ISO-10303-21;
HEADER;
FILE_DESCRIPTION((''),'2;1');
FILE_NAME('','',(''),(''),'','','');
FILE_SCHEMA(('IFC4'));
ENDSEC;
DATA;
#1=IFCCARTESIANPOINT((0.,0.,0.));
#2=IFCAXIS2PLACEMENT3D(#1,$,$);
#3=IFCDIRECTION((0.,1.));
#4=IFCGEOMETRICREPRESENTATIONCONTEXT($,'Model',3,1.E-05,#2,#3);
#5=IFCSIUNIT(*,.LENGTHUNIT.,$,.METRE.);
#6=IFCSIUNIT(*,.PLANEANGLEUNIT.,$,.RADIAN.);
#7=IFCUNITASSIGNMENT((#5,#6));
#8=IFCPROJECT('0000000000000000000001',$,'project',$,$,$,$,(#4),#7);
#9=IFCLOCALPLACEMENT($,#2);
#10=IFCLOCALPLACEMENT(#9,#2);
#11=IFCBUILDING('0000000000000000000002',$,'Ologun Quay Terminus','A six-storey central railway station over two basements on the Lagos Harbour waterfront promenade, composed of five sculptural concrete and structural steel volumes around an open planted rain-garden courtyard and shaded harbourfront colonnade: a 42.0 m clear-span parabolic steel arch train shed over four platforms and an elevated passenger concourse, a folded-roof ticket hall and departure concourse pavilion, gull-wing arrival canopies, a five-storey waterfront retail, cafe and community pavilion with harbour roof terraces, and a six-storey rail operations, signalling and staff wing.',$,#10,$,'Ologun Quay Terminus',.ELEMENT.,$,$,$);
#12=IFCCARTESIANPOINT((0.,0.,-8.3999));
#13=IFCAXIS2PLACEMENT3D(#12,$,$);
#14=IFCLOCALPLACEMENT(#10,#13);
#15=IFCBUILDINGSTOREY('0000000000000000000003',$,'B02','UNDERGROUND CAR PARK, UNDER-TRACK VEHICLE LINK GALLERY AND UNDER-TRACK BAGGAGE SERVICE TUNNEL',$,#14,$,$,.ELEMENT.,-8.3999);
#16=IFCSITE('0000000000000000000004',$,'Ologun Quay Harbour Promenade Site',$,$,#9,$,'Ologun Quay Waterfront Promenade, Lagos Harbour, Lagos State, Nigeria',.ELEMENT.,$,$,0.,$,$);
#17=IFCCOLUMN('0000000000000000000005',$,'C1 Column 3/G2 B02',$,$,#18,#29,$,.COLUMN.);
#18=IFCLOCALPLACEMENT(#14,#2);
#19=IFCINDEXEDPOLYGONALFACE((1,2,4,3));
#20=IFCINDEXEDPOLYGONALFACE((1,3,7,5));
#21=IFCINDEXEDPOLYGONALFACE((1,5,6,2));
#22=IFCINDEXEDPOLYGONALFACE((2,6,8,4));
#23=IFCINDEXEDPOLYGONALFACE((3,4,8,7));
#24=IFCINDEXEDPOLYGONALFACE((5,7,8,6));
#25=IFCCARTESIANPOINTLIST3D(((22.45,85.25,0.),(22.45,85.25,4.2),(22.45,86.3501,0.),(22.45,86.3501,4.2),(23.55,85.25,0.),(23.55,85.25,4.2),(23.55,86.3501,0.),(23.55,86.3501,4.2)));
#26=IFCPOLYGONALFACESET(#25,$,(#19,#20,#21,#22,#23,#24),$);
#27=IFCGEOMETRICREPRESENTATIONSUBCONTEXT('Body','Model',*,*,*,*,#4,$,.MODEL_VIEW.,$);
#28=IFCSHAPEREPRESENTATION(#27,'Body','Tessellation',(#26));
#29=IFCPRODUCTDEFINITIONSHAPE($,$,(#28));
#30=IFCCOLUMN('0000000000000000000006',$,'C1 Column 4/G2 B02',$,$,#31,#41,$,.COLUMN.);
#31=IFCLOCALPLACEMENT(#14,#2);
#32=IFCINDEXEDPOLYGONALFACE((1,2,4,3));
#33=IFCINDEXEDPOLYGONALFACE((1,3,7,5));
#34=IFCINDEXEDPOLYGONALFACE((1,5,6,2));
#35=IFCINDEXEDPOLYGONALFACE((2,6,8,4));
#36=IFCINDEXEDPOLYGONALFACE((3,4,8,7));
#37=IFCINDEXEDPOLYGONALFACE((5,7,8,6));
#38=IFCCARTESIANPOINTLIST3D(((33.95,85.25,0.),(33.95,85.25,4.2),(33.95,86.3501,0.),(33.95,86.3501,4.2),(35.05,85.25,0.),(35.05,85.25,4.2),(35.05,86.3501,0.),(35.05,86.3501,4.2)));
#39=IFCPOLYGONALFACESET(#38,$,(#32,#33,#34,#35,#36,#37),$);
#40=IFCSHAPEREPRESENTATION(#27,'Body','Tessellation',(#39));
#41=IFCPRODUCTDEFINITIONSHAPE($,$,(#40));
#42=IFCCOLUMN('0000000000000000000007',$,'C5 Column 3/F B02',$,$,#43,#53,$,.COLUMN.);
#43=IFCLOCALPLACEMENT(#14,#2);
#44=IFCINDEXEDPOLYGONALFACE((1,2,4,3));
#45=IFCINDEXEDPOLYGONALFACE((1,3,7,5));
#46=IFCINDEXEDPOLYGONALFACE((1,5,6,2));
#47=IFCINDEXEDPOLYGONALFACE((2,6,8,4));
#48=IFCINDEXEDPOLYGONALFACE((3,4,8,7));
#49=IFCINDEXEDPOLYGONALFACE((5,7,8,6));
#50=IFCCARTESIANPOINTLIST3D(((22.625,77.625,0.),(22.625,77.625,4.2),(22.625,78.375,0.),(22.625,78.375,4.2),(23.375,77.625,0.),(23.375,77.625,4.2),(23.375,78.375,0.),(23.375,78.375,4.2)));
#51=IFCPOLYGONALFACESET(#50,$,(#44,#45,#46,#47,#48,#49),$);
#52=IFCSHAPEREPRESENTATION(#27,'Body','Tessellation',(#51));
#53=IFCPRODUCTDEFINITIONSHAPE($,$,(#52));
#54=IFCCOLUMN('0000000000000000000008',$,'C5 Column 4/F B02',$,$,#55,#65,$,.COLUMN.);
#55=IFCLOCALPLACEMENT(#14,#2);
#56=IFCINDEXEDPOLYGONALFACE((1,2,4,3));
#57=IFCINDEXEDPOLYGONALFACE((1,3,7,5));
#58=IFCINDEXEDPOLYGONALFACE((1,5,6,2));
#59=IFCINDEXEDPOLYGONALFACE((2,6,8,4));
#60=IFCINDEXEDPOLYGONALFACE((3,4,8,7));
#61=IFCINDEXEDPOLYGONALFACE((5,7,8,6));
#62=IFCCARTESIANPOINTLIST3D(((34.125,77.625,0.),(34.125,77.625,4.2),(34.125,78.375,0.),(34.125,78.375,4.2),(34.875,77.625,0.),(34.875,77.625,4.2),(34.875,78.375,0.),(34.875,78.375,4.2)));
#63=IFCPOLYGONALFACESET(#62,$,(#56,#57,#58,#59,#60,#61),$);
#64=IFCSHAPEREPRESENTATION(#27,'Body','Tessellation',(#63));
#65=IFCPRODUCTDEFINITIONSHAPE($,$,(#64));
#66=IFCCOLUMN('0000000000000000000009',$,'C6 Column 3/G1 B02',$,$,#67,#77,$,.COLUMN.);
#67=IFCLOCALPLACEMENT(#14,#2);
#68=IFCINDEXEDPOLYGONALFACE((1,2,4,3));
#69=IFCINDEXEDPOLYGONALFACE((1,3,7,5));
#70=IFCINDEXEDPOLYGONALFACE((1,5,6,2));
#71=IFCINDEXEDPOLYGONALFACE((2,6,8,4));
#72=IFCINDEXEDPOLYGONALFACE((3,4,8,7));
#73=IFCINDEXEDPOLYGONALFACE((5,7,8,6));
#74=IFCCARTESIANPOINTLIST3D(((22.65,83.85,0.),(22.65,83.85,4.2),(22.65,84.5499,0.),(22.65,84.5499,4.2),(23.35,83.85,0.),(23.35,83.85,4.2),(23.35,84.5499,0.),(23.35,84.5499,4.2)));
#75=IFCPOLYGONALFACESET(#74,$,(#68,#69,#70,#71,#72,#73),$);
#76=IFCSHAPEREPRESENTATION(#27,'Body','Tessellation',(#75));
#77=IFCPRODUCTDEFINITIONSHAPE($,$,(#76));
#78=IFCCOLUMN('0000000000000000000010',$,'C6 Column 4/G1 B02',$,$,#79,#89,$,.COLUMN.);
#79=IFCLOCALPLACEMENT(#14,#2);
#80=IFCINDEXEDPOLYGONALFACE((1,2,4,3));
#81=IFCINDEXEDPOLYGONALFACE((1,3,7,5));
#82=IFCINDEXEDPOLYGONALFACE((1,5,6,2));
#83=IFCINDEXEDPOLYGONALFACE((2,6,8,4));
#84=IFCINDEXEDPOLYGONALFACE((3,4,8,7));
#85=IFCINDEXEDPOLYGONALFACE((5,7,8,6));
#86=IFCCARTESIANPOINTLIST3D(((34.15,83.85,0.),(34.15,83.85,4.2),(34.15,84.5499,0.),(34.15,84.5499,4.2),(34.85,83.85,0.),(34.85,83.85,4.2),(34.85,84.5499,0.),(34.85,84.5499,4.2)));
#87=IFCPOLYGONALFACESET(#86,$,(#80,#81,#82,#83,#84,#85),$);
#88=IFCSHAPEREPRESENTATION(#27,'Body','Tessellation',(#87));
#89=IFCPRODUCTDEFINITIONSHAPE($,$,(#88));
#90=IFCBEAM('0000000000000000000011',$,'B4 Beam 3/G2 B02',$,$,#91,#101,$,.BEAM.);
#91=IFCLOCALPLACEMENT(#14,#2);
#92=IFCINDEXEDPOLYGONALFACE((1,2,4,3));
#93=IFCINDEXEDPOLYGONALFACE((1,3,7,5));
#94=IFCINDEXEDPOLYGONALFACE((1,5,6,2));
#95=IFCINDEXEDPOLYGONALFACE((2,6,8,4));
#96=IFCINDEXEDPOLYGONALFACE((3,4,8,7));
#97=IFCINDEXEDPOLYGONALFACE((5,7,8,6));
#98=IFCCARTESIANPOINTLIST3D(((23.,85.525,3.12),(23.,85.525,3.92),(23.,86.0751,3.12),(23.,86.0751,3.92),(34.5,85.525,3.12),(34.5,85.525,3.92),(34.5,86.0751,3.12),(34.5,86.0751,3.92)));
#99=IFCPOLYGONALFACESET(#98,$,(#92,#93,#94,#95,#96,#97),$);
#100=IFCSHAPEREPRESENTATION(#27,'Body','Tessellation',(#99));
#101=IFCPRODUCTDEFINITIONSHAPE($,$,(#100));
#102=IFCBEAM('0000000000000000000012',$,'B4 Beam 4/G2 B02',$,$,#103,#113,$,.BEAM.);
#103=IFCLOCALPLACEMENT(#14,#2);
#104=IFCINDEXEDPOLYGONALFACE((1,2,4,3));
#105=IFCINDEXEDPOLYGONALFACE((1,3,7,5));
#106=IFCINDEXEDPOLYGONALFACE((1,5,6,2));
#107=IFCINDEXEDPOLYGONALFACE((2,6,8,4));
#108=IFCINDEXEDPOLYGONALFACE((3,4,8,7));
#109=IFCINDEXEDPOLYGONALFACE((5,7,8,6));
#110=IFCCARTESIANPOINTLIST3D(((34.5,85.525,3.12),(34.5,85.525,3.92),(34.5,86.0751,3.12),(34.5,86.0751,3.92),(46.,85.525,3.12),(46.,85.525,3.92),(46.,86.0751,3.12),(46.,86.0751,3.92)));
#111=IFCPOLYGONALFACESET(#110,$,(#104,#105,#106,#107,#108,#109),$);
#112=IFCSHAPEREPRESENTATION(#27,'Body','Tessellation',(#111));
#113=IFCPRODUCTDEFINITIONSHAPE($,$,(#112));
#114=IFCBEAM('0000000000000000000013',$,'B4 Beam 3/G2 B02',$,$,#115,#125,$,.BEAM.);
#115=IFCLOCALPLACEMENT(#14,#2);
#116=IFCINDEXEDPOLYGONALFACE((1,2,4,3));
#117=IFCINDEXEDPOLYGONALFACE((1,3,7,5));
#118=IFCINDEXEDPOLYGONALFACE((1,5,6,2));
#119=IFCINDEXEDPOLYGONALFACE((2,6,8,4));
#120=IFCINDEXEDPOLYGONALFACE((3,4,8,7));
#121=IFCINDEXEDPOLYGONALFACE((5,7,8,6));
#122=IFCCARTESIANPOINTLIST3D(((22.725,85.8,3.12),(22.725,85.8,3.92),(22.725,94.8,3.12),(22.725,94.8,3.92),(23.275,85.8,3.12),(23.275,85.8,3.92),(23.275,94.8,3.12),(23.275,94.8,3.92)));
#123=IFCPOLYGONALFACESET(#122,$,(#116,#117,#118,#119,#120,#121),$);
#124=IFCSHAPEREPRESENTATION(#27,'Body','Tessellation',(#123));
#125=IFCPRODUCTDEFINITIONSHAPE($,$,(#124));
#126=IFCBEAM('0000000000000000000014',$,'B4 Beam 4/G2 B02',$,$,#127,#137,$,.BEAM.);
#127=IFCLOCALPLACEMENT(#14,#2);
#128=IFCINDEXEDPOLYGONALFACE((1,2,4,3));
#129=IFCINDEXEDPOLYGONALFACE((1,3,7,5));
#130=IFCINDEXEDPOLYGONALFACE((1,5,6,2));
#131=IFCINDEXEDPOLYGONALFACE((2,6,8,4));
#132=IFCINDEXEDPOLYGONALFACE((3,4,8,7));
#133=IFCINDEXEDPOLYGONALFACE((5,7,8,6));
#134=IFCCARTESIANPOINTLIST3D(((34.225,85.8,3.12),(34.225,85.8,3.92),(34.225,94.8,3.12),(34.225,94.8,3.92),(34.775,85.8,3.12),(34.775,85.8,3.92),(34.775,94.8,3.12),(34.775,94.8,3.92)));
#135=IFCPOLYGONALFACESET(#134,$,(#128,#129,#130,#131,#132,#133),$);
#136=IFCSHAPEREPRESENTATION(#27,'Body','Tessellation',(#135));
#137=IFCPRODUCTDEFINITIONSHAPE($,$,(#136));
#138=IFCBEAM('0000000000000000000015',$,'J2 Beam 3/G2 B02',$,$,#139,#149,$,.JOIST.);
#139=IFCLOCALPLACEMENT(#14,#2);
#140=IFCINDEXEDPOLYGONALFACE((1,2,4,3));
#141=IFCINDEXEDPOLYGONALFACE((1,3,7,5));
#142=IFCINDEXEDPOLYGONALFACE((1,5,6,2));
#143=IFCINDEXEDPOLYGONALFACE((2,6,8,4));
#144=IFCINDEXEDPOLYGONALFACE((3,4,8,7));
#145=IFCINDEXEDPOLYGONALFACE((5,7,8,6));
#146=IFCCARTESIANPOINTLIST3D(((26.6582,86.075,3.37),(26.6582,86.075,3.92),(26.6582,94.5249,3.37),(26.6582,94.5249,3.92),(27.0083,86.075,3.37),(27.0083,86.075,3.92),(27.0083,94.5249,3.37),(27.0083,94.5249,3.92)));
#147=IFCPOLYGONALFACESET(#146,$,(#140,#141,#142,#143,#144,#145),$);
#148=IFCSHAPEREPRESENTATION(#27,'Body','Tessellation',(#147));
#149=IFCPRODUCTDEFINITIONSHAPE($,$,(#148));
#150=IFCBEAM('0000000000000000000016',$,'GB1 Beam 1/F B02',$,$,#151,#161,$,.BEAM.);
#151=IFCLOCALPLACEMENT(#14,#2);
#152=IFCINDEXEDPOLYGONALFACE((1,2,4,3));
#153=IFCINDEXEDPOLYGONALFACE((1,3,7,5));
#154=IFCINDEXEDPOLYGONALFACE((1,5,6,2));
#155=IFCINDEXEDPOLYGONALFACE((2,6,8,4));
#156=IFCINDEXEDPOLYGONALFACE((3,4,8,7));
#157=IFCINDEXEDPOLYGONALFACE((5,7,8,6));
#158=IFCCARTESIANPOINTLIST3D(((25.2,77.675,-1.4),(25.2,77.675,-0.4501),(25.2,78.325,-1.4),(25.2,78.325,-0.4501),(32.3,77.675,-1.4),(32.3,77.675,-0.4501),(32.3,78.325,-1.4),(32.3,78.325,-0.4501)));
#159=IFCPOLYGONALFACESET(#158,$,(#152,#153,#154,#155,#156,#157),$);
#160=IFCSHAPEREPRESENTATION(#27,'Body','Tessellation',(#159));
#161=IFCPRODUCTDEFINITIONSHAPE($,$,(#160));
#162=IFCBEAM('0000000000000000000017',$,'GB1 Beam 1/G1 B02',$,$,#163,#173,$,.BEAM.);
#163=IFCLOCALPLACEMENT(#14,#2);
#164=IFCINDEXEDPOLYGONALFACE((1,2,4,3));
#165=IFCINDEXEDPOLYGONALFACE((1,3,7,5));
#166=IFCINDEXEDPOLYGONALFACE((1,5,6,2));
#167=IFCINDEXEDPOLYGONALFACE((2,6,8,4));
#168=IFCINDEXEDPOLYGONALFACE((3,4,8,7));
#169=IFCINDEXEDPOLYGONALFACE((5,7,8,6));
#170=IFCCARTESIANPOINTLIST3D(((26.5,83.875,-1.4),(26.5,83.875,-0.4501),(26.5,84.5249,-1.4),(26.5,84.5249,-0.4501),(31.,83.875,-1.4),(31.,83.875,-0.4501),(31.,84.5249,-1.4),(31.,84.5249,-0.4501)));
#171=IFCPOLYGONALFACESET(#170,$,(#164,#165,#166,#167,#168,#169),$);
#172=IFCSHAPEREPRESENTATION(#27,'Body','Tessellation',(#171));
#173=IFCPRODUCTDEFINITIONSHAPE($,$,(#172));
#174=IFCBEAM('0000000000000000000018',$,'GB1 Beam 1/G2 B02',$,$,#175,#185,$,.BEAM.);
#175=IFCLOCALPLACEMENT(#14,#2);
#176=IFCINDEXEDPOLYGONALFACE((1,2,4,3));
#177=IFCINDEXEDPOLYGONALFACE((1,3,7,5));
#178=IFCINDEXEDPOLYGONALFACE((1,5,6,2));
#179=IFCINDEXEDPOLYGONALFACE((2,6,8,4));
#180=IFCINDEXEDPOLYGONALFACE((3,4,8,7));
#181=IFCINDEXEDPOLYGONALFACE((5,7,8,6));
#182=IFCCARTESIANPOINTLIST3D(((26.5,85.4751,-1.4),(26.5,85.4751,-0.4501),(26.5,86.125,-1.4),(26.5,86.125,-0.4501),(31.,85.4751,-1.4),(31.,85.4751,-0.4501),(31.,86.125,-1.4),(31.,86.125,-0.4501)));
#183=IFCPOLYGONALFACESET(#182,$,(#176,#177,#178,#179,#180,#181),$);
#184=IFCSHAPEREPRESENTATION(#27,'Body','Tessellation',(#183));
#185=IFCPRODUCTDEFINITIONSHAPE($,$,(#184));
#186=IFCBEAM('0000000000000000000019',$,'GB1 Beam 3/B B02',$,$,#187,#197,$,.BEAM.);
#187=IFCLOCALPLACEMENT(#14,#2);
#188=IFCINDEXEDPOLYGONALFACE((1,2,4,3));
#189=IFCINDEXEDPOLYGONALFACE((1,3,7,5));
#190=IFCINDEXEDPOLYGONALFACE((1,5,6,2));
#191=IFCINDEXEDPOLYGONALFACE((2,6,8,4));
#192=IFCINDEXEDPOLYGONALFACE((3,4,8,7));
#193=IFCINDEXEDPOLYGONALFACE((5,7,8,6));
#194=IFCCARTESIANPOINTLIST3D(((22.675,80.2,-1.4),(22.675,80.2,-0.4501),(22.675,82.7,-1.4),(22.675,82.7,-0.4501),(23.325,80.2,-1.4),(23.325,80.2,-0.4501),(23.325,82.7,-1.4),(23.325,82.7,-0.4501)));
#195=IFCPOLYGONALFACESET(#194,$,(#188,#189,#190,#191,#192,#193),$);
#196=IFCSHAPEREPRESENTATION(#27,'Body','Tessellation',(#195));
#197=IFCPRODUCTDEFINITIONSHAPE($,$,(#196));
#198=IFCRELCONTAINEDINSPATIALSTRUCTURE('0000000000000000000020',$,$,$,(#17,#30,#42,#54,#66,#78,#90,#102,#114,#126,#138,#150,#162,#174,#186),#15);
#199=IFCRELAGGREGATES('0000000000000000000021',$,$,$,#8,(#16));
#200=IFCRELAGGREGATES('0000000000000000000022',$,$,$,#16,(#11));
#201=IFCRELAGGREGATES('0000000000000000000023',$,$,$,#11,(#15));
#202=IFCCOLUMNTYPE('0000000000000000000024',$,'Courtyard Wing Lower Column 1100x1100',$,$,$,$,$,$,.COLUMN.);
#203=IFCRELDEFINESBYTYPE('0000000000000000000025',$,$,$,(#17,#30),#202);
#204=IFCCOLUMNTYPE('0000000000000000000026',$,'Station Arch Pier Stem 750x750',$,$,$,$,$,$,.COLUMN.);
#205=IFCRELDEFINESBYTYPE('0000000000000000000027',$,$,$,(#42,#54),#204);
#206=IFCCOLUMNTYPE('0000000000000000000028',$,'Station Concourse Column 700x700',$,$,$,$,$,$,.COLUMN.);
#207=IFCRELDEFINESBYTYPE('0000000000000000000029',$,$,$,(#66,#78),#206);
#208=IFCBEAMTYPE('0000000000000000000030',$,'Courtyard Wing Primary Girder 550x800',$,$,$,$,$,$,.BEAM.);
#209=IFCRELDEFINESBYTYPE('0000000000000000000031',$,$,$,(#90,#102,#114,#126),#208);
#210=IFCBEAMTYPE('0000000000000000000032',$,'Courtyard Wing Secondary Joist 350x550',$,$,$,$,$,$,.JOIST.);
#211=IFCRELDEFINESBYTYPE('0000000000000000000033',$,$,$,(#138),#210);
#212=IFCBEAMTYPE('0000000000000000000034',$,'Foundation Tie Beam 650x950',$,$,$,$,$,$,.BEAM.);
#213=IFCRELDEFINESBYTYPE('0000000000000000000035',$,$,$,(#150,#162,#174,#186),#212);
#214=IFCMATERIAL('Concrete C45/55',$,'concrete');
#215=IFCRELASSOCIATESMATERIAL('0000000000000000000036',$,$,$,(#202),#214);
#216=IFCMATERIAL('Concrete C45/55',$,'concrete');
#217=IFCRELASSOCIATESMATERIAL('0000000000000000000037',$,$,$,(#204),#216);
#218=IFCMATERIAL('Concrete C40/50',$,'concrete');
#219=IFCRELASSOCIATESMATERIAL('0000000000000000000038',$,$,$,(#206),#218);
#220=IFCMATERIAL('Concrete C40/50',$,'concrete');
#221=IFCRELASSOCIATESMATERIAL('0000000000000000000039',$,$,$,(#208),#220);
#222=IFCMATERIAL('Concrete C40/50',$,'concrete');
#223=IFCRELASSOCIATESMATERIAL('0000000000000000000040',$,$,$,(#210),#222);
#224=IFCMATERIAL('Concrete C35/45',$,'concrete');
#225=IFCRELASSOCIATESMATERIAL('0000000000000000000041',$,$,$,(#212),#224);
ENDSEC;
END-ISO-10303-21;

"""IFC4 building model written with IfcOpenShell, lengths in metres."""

from ifc_helpers import new_model, si_unit, direction, frame, origin, origin_2d, place, context, subcontext, project, spatial, rectangle, extrude, material, material_profile, profile_set, type_object, element, save


model = new_model("IFC4")

# Units and contexts
model_context = context("Model", 3, precision=1e-05, world=origin(), true_north=direction((0.0, 1.0)))
body_context = subcontext(model_context, "Body", "Model", "MODEL_VIEW")
ifc_project = project(units=[si_unit("LENGTHUNIT", "METRE"), si_unit("PLANEANGLEUNIT", "RADIAN")], contexts=[model_context])

# Site, building, storey
site_placement = place(None, origin())
site = spatial("IfcSite", under=ifc_project, at=site_placement, Name="Ologun Quay Harbour Promenade Site", LongName="Ologun Quay Waterfront Promenade, Lagos Harbour, Lagos State, Nigeria", CompositionType="ELEMENT", RefElevation=0.0)
building_placement = place(site_placement, origin())
building = spatial("IfcBuilding", under=site, at=building_placement, Name="Ologun Quay Terminus", Description="A six-storey central railway station over two basements on the Lagos Harbour waterfront promenade, composed of five sculptural concrete and structural steel volumes around an open planted rain-garden courtyard and shaded harbourfront colonnade: a 42.0 m clear-span parabolic steel arch train shed over four platforms and an elevated passenger concourse, a folded-roof ticket hall and departure concourse pavilion, gull-wing arrival canopies, a five-storey waterfront retail, cafe and community pavilion with harbour roof terraces, and a six-storey rail operations, signalling and staff wing.", LongName="Ologun Quay Terminus", CompositionType="ELEMENT")
storey_placement = place(building_placement, frame((0.0, 0.0, -8.3999)))
storey = spatial("IfcBuildingStorey", under=building, at=storey_placement, Name="B02", Description="UNDERGROUND CAR PARK, UNDER-TRACK VEHICLE LINK GALLERY AND UNDER-TRACK BAGGAGE SERVICE TUNNEL", CompositionType="ELEMENT", Elevation=-8.3999)

# Columns
ifc_material_1 = material(Name="Concrete C45/55", Category="concrete")
ifc_material_profile_1 = material_profile(ifc_material_1, rectangle(XDim=1.1001, YDim=1.1001, at=origin_2d()), Name="RC 1100x1100")
ifc_profile_set_1 = profile_set([ifc_material_profile_1], Name="Concrete C45/55")
column_type_1 = type_object("IfcColumnType", Name="Courtyard Wing Lower Column 1100x1100", PredefinedType="COLUMN", material=ifc_profile_set_1)
for number, where, z_axis, x_axis, name in (
    (1, (23.0, 85.8, 0.0), (0.0, 0.0, 1.0), (1.0, 0.0, 0.0), "C1 Column 3/G2 B02"),
    (2, (34.5, 85.8, 0.0), (0.0, 0.0, 1.0), (1.0, 0.0, 0.0), "C1 Column 4/G2 B02"),
):
    element("IfcColumn", number, at=place(storey_placement, frame(where, z_axis=z_axis, x_axis=x_axis)), inside=storey, type_object=column_type_1, Name=name, PredefinedType="COLUMN", context=body_context, shape_type="SweptSolid", body=[
        extrude(rectangle(XDim=1.1001, YDim=1.1001, at=origin_2d()), origin(), (0.0, 0.0, 1.0), 4.2),
    ])
ifc_material_2 = material(Name="Concrete C45/55", Category="concrete")
ifc_material_profile_2 = material_profile(ifc_material_2, rectangle(XDim=0.75, YDim=0.75, at=origin_2d()), Name="RC 750x750")
ifc_profile_set_2 = profile_set([ifc_material_profile_2], Name="Concrete C45/55")
column_type_2 = type_object("IfcColumnType", Name="Station Arch Pier Stem 750x750", PredefinedType="COLUMN", material=ifc_profile_set_2)
for number, where, z_axis, x_axis, name in (
    (3, (23.0, 78.0, 0.0), (0.0, 0.0, 1.0), (1.0, 0.0, 0.0), "C5 Column 3/F B02"),
    (4, (34.5, 78.0, 0.0), (0.0, 0.0, 1.0), (1.0, 0.0, 0.0), "C5 Column 4/F B02"),
):
    element("IfcColumn", number, at=place(storey_placement, frame(where, z_axis=z_axis, x_axis=x_axis)), inside=storey, type_object=column_type_2, Name=name, PredefinedType="COLUMN", context=body_context, shape_type="SweptSolid", body=[
        extrude(rectangle(XDim=0.75, YDim=0.75, at=origin_2d()), origin(), (0.0, 0.0, 1.0), 4.2),
    ])
ifc_material_3 = material(Name="Concrete C40/50", Category="concrete")
ifc_material_profile_3 = material_profile(ifc_material_3, rectangle(XDim=0.7, YDim=0.7, at=origin_2d()), Name="RC 700x700")
ifc_profile_set_3 = profile_set([ifc_material_profile_3], Name="Concrete C40/50")
column_type_3 = type_object("IfcColumnType", Name="Station Concourse Column 700x700", PredefinedType="COLUMN", material=ifc_profile_set_3)
for number, where, z_axis, x_axis, name in (
    (5, (23.0, 84.2, 0.0), (0.0, 0.0, 1.0), (1.0, 0.0, 0.0), "C6 Column 3/G1 B02"),
    (6, (34.5, 84.2, 0.0), (0.0, 0.0, 1.0), (1.0, 0.0, 0.0), "C6 Column 4/G1 B02"),
):
    element("IfcColumn", number, at=place(storey_placement, frame(where, z_axis=z_axis, x_axis=x_axis)), inside=storey, type_object=column_type_3, Name=name, PredefinedType="COLUMN", context=body_context, shape_type="SweptSolid", body=[
        extrude(rectangle(XDim=0.7, YDim=0.7, at=origin_2d()), origin(), (0.0, 0.0, 1.0), 4.2),
    ])

# Beams
ifc_material_4 = material(Name="Concrete C40/50", Category="concrete")
ifc_material_profile_4 = material_profile(ifc_material_4, rectangle(XDim=0.55, YDim=0.8, at=origin_2d()), Name="RC 550x800")
ifc_profile_set_4 = profile_set([ifc_material_profile_4], Name="Concrete C40/50")
beam_type_1 = type_object("IfcBeamType", Name="Courtyard Wing Primary Girder 550x800", PredefinedType="BEAM", material=ifc_profile_set_4)
for number, where, z_axis, x_axis, name in (
    (7, (23.0, 85.8, 3.52), (1.0, 0.0, 0.0), (0.0, 1.0, 0.0), "B4 Beam 3/G2 B02"),
    (8, (34.5, 85.8, 3.52), (1.0, 0.0, 0.0), (0.0, 1.0, 0.0), "B4 Beam 4/G2 B02"),
):
    element("IfcBeam", number, at=place(storey_placement, frame(where, z_axis=z_axis, x_axis=x_axis)), inside=storey, type_object=beam_type_1, Name=name, PredefinedType="BEAM", context=body_context, shape_type="SweptSolid", body=[
        extrude(rectangle(XDim=0.55, YDim=0.8, at=origin_2d()), origin(), (0.0, 0.0, 1.0), 11.5),
    ])
for number, where, z_axis, x_axis, name in (
    (9, (23.0, 85.8, 3.52), (0.0, 1.0, 0.0), (-1.0, 0.0, 0.0), "B4 Beam 3/G2 B02"),
    (10, (34.5, 85.8, 3.52), (0.0, 1.0, 0.0), (-1.0, 0.0, 0.0), "B4 Beam 4/G2 B02"),
):
    element("IfcBeam", number, at=place(storey_placement, frame(where, z_axis=z_axis, x_axis=x_axis)), inside=storey, type_object=beam_type_1, Name=name, PredefinedType="BEAM", context=body_context, shape_type="SweptSolid", body=[
        extrude(rectangle(XDim=0.55, YDim=0.8, at=origin_2d()), origin(), (0.0, 0.0, 1.0), 9.0),
    ])
ifc_material_5 = material(Name="Concrete C40/50", Category="concrete")
ifc_material_profile_5 = material_profile(ifc_material_5, rectangle(XDim=0.3501, YDim=0.55, at=origin_2d()), Name="RC 350x550")
ifc_profile_set_5 = profile_set([ifc_material_profile_5], Name="Concrete C40/50")
beam_type_2 = type_object("IfcBeamType", Name="Courtyard Wing Secondary Joist 350x550", PredefinedType="JOIST", material=ifc_profile_set_5)
beam_1_placement = place(storey_placement, frame((26.8333, 86.075, 3.645), z_axis=(0.0, 1.0, 0.0), x_axis=(-1.0, 0.0, 0.0)))
element("IfcBeam", 11, at=beam_1_placement, inside=storey, type_object=beam_type_2, Name="J2 Beam 3/G2 B02", PredefinedType="JOIST", context=body_context, shape_type="SweptSolid", body=[
    extrude(rectangle(XDim=0.3501, YDim=0.55, at=origin_2d()), origin(), (0.0, 0.0, 1.0), 8.45),
])
ifc_material_6 = material(Name="Concrete C35/45", Category="concrete")
ifc_material_profile_6 = material_profile(ifc_material_6, rectangle(XDim=0.6499, YDim=0.95, at=origin_2d()), Name="RC 650x950")
ifc_profile_set_6 = profile_set([ifc_material_profile_6], Name="Concrete C35/45")
beam_type_3 = type_object("IfcBeamType", Name="Foundation Tie Beam 650x950", PredefinedType="BEAM", material=ifc_profile_set_6)
beam_2_placement = place(storey_placement, frame((25.2, 78.0, -0.925), z_axis=(1.0, 0.0, 0.0), x_axis=(0.0, 1.0, 0.0)))
element("IfcBeam", 12, at=beam_2_placement, inside=storey, type_object=beam_type_3, Name="GB1 Beam 1/F B02", PredefinedType="BEAM", context=body_context, shape_type="SweptSolid", body=[
    extrude(rectangle(XDim=0.6499, YDim=0.95, at=origin_2d()), origin(), (0.0, 0.0, 1.0), 7.1001),
])
for number, where, z_axis, x_axis, name in (
    (13, (26.5, 84.2, -0.925), (1.0, 0.0, 0.0), (0.0, 1.0, 0.0), "GB1 Beam 1/G1 B02"),
    (14, (26.5, 85.8, -0.925), (1.0, 0.0, 0.0), (0.0, 1.0, 0.0), "GB1 Beam 1/G2 B02"),
):
    element("IfcBeam", number, at=place(storey_placement, frame(where, z_axis=z_axis, x_axis=x_axis)), inside=storey, type_object=beam_type_3, Name=name, PredefinedType="BEAM", context=body_context, shape_type="SweptSolid", body=[
        extrude(rectangle(XDim=0.6499, YDim=0.95, at=origin_2d()), origin(), (0.0, 0.0, 1.0), 4.5),
    ])
beam_3_placement = place(storey_placement, frame((23.0, 80.2, -0.925), z_axis=(0.0, 1.0, 0.0), x_axis=(-1.0, 0.0, 0.0)))
element("IfcBeam", 15, at=beam_3_placement, inside=storey, type_object=beam_type_3, Name="GB1 Beam 3/B B02", PredefinedType="BEAM", context=body_context, shape_type="SweptSolid", body=[
    extrude(rectangle(XDim=0.6499, YDim=0.95, at=origin_2d()), origin(), (0.0, 0.0, 1.0), 2.5),
])

save(model, "model.ifc")
